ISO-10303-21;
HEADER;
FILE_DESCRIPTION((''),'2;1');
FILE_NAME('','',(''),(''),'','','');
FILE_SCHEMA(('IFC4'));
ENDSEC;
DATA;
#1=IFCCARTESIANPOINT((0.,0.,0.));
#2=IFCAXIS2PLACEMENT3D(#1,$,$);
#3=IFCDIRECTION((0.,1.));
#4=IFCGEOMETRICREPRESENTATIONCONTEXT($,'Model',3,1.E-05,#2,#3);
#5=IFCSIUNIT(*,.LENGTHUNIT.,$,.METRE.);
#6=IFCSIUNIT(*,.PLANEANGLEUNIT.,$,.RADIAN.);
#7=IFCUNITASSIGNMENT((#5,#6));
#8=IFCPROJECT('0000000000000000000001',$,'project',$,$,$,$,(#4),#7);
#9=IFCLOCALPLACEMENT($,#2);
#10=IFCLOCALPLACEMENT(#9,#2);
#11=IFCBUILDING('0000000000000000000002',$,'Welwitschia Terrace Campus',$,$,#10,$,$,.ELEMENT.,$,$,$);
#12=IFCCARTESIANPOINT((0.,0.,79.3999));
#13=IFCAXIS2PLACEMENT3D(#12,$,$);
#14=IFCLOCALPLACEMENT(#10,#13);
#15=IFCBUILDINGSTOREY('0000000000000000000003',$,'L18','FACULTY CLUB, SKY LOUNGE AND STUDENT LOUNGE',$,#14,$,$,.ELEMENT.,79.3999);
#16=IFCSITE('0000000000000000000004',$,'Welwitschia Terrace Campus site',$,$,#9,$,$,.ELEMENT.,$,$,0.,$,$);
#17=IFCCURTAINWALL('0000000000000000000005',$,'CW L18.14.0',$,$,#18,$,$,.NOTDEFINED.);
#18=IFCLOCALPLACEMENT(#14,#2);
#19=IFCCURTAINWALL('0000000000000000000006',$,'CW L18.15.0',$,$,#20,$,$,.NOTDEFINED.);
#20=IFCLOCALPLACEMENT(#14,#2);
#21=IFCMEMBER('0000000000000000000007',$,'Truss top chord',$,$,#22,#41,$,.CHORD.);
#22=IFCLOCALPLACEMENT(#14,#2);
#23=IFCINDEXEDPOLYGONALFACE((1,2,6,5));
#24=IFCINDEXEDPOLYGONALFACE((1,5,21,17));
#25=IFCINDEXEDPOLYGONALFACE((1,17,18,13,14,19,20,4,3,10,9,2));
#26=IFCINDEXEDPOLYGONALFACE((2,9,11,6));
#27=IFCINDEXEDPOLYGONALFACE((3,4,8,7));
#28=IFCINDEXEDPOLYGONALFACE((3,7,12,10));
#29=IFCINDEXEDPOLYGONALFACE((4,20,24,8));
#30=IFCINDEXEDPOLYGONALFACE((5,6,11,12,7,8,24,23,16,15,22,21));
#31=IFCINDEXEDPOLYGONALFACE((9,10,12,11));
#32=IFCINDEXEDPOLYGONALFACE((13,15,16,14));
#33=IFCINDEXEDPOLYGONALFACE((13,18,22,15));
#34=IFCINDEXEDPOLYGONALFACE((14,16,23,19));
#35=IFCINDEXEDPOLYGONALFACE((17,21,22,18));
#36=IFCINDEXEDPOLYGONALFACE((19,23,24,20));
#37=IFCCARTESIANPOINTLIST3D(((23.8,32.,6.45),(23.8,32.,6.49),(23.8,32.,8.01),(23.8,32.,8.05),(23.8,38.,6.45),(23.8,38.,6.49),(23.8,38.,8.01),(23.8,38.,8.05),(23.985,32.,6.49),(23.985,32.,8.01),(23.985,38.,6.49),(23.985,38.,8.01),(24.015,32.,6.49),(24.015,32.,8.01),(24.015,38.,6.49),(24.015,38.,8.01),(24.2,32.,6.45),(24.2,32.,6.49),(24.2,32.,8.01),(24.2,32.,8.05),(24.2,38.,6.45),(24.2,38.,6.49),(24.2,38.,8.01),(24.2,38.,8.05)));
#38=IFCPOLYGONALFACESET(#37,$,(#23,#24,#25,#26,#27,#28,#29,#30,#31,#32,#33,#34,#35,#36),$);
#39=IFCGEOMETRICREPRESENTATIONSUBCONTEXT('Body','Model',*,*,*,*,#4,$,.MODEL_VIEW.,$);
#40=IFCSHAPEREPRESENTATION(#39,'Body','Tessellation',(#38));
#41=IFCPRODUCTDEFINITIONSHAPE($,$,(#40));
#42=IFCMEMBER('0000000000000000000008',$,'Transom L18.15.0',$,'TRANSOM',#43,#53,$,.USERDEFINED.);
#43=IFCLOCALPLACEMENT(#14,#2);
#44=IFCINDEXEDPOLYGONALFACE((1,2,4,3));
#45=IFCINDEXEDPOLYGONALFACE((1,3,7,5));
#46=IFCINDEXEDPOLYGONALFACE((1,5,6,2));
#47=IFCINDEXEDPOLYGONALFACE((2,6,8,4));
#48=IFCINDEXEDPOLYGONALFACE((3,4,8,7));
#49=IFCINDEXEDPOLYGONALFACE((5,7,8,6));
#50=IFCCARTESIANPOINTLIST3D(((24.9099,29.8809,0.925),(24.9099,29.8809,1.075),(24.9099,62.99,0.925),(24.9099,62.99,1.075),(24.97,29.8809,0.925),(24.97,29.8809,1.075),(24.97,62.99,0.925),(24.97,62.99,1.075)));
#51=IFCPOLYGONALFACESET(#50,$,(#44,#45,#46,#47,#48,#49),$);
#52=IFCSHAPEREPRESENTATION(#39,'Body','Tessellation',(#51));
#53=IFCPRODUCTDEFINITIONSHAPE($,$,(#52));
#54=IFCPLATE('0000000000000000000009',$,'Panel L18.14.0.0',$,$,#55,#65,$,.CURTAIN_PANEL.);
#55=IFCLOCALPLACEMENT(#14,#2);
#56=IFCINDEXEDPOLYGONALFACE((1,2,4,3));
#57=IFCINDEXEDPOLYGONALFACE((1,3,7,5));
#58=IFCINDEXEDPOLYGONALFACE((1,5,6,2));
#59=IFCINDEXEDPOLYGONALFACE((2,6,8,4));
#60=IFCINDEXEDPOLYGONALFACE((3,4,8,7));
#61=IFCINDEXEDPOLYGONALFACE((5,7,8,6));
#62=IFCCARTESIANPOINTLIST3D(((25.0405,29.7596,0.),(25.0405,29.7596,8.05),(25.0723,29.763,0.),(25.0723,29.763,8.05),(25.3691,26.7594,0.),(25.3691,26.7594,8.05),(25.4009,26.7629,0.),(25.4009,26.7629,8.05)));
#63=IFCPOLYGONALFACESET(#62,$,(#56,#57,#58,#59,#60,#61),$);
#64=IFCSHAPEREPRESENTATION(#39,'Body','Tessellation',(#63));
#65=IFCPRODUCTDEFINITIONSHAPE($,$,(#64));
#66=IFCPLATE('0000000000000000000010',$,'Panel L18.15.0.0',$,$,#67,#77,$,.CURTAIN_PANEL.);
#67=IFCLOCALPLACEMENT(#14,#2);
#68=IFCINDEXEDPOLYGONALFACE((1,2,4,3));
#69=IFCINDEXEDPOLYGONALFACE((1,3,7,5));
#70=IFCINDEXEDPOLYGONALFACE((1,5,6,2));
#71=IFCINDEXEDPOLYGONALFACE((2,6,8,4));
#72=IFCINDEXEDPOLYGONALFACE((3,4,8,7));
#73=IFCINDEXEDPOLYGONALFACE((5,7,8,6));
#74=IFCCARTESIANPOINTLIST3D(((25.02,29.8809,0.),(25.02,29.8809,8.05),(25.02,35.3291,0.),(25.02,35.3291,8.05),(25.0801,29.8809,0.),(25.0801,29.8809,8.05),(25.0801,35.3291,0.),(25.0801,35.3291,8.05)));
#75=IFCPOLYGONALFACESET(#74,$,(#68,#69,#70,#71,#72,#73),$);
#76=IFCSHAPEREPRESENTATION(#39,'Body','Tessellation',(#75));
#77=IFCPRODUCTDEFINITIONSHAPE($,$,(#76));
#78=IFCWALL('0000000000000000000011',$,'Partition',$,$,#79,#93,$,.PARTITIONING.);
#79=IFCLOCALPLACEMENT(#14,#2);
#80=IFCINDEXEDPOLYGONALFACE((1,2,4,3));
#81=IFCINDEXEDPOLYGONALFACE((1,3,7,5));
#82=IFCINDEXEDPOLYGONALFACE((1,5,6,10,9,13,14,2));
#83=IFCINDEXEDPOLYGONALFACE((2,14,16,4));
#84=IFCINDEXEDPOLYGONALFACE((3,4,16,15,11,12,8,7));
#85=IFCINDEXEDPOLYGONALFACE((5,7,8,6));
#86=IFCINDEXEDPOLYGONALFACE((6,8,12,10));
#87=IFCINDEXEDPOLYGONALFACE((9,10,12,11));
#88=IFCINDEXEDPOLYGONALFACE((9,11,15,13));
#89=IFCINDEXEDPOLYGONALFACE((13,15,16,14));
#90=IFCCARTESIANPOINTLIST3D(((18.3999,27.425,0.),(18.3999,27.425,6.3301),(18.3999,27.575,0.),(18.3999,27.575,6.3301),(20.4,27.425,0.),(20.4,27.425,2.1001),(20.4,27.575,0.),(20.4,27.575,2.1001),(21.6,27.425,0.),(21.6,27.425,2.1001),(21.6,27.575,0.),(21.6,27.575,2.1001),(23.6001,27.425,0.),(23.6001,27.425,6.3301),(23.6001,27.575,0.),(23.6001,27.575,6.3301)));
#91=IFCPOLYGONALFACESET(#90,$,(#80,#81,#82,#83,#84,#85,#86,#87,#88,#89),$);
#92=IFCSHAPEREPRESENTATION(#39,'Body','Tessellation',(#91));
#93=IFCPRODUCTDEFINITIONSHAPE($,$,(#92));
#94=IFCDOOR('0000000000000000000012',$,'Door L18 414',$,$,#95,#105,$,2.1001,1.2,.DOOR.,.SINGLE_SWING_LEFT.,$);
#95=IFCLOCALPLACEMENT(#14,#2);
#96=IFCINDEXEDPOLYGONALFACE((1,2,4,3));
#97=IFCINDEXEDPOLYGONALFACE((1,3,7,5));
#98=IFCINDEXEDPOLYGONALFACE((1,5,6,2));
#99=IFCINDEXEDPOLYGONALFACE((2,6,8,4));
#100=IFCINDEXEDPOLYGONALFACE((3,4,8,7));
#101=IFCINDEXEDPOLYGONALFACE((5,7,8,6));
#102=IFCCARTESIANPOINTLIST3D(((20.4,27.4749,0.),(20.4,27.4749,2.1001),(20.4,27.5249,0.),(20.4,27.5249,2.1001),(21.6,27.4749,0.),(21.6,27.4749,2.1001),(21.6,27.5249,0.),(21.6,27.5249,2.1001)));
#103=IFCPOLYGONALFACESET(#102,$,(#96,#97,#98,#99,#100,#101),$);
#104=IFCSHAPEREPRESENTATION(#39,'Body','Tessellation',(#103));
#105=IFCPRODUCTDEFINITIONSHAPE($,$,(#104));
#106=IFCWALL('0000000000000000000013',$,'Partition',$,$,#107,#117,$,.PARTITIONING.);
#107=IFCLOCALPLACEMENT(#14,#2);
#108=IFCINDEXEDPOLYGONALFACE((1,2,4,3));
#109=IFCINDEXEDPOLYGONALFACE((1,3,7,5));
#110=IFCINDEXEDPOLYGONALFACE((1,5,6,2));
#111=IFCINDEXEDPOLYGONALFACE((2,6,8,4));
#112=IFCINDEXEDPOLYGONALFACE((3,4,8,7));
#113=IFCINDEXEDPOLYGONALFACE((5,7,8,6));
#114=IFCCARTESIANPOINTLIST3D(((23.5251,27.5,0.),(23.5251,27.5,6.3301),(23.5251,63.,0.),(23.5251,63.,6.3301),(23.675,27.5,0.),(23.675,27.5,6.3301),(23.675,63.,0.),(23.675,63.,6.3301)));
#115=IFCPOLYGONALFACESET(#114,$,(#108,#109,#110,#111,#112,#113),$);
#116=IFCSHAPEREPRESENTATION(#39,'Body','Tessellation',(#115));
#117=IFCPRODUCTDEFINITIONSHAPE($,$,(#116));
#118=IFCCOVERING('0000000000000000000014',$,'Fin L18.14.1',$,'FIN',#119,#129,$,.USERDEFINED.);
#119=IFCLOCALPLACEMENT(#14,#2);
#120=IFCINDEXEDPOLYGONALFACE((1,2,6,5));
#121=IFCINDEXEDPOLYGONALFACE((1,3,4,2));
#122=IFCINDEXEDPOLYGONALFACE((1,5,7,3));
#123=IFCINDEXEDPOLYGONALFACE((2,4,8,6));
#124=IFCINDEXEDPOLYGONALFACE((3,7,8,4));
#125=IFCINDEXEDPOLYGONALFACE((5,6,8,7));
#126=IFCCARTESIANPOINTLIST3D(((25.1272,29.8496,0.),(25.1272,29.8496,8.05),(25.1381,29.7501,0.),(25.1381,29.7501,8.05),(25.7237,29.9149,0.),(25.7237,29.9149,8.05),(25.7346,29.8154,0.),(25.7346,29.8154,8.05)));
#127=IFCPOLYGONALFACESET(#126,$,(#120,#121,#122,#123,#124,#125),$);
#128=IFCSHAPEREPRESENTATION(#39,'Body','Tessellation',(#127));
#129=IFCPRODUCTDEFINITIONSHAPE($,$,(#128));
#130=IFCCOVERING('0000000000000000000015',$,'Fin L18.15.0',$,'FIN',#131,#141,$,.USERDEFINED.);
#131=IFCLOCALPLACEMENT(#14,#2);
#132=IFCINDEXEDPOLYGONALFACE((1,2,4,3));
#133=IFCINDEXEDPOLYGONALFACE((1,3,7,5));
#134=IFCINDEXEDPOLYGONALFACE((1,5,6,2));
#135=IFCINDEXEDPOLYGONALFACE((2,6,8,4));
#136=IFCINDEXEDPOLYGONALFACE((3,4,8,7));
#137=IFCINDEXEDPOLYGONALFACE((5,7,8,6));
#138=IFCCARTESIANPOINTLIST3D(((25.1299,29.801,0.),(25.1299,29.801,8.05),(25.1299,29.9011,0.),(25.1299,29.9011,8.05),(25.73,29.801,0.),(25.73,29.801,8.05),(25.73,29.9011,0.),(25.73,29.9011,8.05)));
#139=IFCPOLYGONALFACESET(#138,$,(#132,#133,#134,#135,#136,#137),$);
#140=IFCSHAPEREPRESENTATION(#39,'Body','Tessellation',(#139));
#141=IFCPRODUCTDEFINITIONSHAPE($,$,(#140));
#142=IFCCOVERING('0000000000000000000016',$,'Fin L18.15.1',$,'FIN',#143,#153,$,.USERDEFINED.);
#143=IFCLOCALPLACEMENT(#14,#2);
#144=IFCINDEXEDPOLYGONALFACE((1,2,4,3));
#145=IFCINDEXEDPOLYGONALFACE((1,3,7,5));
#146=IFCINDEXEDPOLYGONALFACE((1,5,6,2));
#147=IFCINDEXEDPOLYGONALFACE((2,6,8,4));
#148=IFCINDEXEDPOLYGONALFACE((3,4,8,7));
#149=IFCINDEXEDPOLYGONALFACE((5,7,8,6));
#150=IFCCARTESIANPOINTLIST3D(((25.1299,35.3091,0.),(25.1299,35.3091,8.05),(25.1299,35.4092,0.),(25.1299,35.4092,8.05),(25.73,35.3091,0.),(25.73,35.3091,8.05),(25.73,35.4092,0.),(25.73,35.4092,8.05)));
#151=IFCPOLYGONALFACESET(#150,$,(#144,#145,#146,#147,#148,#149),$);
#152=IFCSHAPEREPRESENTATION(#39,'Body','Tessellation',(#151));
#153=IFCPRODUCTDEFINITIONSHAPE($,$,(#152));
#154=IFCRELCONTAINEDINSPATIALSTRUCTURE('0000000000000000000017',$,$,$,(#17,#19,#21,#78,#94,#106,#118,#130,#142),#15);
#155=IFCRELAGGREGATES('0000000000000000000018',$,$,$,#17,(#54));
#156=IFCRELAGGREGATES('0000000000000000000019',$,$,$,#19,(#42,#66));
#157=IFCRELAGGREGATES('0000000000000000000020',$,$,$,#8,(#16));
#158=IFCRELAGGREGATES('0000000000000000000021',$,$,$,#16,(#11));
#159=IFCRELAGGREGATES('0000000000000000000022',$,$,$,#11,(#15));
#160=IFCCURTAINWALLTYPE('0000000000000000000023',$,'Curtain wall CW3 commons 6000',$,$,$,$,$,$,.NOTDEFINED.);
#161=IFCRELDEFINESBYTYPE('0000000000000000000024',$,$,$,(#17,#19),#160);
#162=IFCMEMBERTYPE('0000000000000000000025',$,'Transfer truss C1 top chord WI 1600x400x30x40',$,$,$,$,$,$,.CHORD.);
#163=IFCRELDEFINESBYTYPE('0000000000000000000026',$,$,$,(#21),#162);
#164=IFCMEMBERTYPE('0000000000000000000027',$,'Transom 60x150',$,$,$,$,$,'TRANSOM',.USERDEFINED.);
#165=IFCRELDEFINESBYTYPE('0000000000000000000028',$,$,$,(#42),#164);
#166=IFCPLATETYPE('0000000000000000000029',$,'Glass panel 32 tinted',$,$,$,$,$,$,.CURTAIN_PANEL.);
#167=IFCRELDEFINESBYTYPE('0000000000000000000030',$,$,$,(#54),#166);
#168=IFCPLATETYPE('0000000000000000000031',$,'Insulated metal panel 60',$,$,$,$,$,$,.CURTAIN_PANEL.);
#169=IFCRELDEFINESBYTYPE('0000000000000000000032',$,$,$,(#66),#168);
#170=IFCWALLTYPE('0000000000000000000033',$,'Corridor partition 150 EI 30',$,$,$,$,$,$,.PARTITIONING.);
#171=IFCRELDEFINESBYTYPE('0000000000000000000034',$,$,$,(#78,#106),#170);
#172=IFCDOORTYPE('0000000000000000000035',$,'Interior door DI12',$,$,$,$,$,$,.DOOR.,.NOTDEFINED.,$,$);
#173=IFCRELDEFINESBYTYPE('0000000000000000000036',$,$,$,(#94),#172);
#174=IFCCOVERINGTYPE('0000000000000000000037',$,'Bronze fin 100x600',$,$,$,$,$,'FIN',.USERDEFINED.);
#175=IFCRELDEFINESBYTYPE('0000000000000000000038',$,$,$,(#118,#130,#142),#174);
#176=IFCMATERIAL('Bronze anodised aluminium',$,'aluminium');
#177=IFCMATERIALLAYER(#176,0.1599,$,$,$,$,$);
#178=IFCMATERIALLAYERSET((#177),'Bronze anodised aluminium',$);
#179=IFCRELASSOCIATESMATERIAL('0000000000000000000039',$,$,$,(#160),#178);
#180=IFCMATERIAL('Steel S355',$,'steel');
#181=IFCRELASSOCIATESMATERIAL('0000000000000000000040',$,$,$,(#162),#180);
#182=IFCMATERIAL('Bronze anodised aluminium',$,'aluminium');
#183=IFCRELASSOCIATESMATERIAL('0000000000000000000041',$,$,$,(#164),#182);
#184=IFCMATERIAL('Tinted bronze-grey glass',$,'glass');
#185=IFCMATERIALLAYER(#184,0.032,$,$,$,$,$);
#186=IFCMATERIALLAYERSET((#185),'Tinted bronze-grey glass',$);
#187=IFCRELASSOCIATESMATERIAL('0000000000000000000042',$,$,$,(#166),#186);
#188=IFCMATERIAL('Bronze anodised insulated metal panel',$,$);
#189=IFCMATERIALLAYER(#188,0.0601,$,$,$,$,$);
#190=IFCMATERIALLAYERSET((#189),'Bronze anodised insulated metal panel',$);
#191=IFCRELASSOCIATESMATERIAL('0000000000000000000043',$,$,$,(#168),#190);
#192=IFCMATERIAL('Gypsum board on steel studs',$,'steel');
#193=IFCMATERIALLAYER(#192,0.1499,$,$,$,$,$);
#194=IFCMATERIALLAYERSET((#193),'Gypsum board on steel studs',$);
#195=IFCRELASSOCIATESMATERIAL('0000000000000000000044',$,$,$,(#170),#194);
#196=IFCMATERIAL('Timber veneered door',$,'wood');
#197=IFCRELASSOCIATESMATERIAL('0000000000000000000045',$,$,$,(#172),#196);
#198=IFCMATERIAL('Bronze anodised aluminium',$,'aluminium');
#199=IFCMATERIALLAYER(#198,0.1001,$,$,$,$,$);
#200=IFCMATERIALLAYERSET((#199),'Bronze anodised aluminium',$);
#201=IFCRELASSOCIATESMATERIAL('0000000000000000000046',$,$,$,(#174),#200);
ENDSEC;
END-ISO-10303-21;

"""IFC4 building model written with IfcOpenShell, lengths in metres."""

from ifc_helpers import new_model, si_unit, direction, frame, frame_2d, origin, origin_2d, place, context, subcontext, project, spatial, rectangle, i_section, extrude, material, layer, layer_set, material_profile, profile_set, type_object, element, fill, aggregate, save


model = new_model("IFC4")

# Units and contexts
model_context = context("Model", 3, precision=1e-05, world=origin(), true_north=direction((0.0, 1.0)))
body_context = subcontext(model_context, "Body", "Model", "MODEL_VIEW")
ifc_project = project(units=[si_unit("LENGTHUNIT", "METRE"), si_unit("PLANEANGLEUNIT", "RADIAN")], contexts=[model_context])

# Site, building, storey
site_placement = place(None, origin())
site = spatial("IfcSite", under=ifc_project, at=site_placement, Name="Welwitschia Terrace Campus site", CompositionType="ELEMENT", RefElevation=0.0)
building_placement = place(site_placement, origin())
building = spatial("IfcBuilding", under=site, at=building_placement, Name="Welwitschia Terrace Campus", CompositionType="ELEMENT")
storey_placement = place(building_placement, frame((0.0, 0.0, 79.3999)))
storey = spatial("IfcBuildingStorey", under=building, at=storey_placement, Name="L18", Description="FACULTY CLUB, SKY LOUNGE AND STUDENT LOUNGE", CompositionType="ELEMENT", Elevation=79.3999)

# Curtain wall
ifc_material_1 = material(Name="Bronze anodised aluminium", Category="aluminium")
ifc_layer_1 = layer(ifc_material_1, 0.1599)
ifc_layer_set_1 = layer_set([ifc_layer_1], Name="Bronze anodised aluminium")
curtain_wall_type = type_object("IfcCurtainWallType", Name="Curtain wall CW3 commons 6000", PredefinedType="NOTDEFINED", material=ifc_layer_set_1)
curtain_wall_1_placement = place(storey_placement, origin())
curtain_wall_1 = element("IfcCurtainWall", 1, at=curtain_wall_1_placement, inside=storey, type_object=curtain_wall_type, Name="CW L18.14.0", PredefinedType="NOTDEFINED")

# Curtain wall
curtain_wall_2_placement = place(storey_placement, origin())
curtain_wall_2 = element("IfcCurtainWall", 2, at=curtain_wall_2_placement, inside=storey, type_object=curtain_wall_type, Name="CW L18.15.0", PredefinedType="NOTDEFINED")

# Member
ifc_material_2 = material(Name="Steel S355", Category="steel")
ifc_material_profile_1 = material_profile(ifc_material_2, i_section(OverallWidth=0.3999, OverallDepth=1.6001, WebThickness=0.03, FlangeThickness=0.04, at=origin_2d()))
ifc_profile_set_1 = profile_set([ifc_material_profile_1], Name="Steel S355")
member_type_1 = type_object("IfcMemberType", Name="Transfer truss C1 top chord WI 1600x400x30x40", PredefinedType="CHORD", material=ifc_profile_set_1)
member_1_placement = place(storey_placement, frame((24.0, 32.0, 7.25), z_axis=(0.0, 1.0, 0.0), x_axis=(-1.0, 0.0, 0.0)))
element("IfcMember", 3, at=member_1_placement, inside=storey, type_object=member_type_1, Name="Truss top chord", PredefinedType="CHORD", context=body_context, shape_type="SweptSolid", body=[
    extrude(i_section(OverallWidth=0.3999, OverallDepth=1.6001, WebThickness=0.03, FlangeThickness=0.04, at=origin_2d()), origin(), (0.0, 0.0, 1.0), 6.0),
])

# Member
ifc_material_3 = material(Name="Bronze anodised aluminium", Category="aluminium")
ifc_material_profile_2 = material_profile(ifc_material_3, rectangle(XDim=0.0601, YDim=0.1499, at=origin_2d()))
ifc_profile_set_2 = profile_set([ifc_material_profile_2], Name="Bronze anodised aluminium")
member_type_2 = type_object("IfcMemberType", Name="Transom 60x150", ElementType="TRANSOM", PredefinedType="USERDEFINED", material=ifc_profile_set_2)
member_2_placement = place(storey_placement, frame((24.9399, 29.8809, 1.0), z_axis=(0.0, 1.0, 0.0), x_axis=(-1.0, 0.0, 0.0)))
member_2 = element("IfcMember", 4, at=member_2_placement, type_object=member_type_2, Name="Transom L18.15.0", ObjectType="TRANSOM", PredefinedType="USERDEFINED", context=body_context, shape_type="SweptSolid", body=[
    extrude(rectangle(XDim=0.0601, YDim=0.1499, at=origin_2d()), origin(), (0.0, 0.0, 1.0), 33.1091),
])

# Plates
ifc_material_4 = material(Name="Tinted bronze-grey glass", Category="glass")
ifc_layer_2 = layer(ifc_material_4, 0.032)
ifc_layer_set_2 = layer_set([ifc_layer_2], Name="Tinted bronze-grey glass")
plate_type_1 = type_object("IfcPlateType", Name="Glass panel 32 tinted", PredefinedType="CURTAIN_PANEL", material=ifc_layer_set_2)
plate_1_placement = place(storey_placement, frame((25.2207, 28.2612, 0.0), z_axis=(0.0, 0.0, 1.0), x_axis=(-0.108867, 0.994056, 0.0)))
plate_1 = element("IfcPlate", 5, at=plate_1_placement, type_object=plate_type_1, Name="Panel L18.14.0.0", PredefinedType="CURTAIN_PANEL", context=body_context, shape_type="SweptSolid", body=[
    extrude(rectangle(XDim=3.0181, YDim=0.032, at=origin_2d()), origin(), (0.0, 0.0, 1.0), 8.05),
])
aggregate(curtain_wall_1, [plate_1])
ifc_material_5 = material(Name="Bronze anodised insulated metal panel")
ifc_layer_3 = layer(ifc_material_5, 0.0601)
ifc_layer_set_3 = layer_set([ifc_layer_3], Name="Bronze anodised insulated metal panel")
plate_type_2 = type_object("IfcPlateType", Name="Insulated metal panel 60", PredefinedType="CURTAIN_PANEL", material=ifc_layer_set_3)
plate_2_placement = place(storey_placement, frame((25.05, 32.605, 0.0), z_axis=(0.0, 0.0, 1.0), x_axis=(0.0, 1.0, 0.0)))
plate_2 = element("IfcPlate", 6, at=plate_2_placement, type_object=plate_type_2, Name="Panel L18.15.0.0", PredefinedType="CURTAIN_PANEL", context=body_context, shape_type="SweptSolid", body=[
    extrude(rectangle(XDim=5.4482, YDim=0.0601, at=origin_2d()), origin(), (0.0, 0.0, 1.0), 8.05),
])
aggregate(curtain_wall_2, [member_2, plate_2])

# Wall, opening, door
ifc_material_6 = material(Name="Gypsum board on steel studs", Category="steel")
ifc_layer_4 = layer(ifc_material_6, 0.1499)
ifc_layer_set_4 = layer_set([ifc_layer_4], Name="Gypsum board on steel studs")
wall_type = type_object("IfcWallType", Name="Corridor partition 150 EI 30", PredefinedType="PARTITIONING", material=ifc_layer_set_4)
wall_1_placement = place(storey_placement, frame((18.3999, 27.5, 0.0), z_axis=(0.0, 0.0, 1.0), x_axis=(1.0, 0.0, 0.0)))
wall_1 = element("IfcWall", 7, at=wall_1_placement, inside=storey, type_object=wall_type, Name="Partition", PredefinedType="PARTITIONING", context=body_context, shape_type="SweptSolid", body=[
    extrude(rectangle(XDim=5.2002, YDim=0.1499, at=frame_2d((2.6001, 0.0))), origin(), (0.0, 0.0, 1.0), 6.3301),
])
opening_placement = place(wall_1_placement, frame((2.0, 0.0, 0.0)))
opening = element("IfcOpeningElement", 8, at=opening_placement, cuts=wall_1, PredefinedType="OPENING", context=body_context, shape_type="SweptSolid", body=[
    extrude(rectangle(XDim=1.2, YDim=2.1001, at=frame_2d((0.6001, 1.05))), frame((0.0, 0.085, 0.0), z_axis=(0.0, -1.0, 0.0), x_axis=(1.0, 0.0, 0.0)), (0.0, 0.0, 1.0), 0.1699),
])
ifc_material_7 = material(Name="Timber veneered door", Category="wood")
door_type = type_object("IfcDoorType", Name="Interior door DI12", OperationType="NOTDEFINED", PredefinedType="DOOR", material=ifc_material_7)
door_placement = place(opening_placement, origin())
door = element("IfcDoor", 9, at=door_placement, inside=storey, type_object=door_type, Name="Door L18 414", OperationType="SINGLE_SWING_LEFT", OverallHeight=2.1001, OverallWidth=1.2, PredefinedType="DOOR", context=body_context, shape_type="SweptSolid", body=[
    extrude(rectangle(XDim=1.2, YDim=2.1001, at=frame_2d((0.6001, 1.05))), frame((0.0, 0.0249, 0.0), z_axis=(0.0, -1.0, 0.0), x_axis=(1.0, 0.0, 0.0)), (0.0, 0.0, 1.0), 0.05),
])
fill(opening, door)

# Wall
wall_2_placement = place(storey_placement, frame((23.6001, 27.5, 0.0), z_axis=(0.0, 0.0, 1.0), x_axis=(0.0, 1.0, 0.0)))
element("IfcWall", 10, at=wall_2_placement, inside=storey, type_object=wall_type, Name="Partition", PredefinedType="PARTITIONING", context=body_context, shape_type="SweptSolid", body=[
    extrude(rectangle(XDim=35.5, YDim=0.1499, at=frame_2d((17.75, 0.0))), origin(), (0.0, 0.0, 1.0), 6.3301),
])

# Coverings
ifc_material_8 = material(Name="Bronze anodised aluminium", Category="aluminium")
ifc_layer_5 = layer(ifc_material_8, 0.1001)
ifc_layer_set_5 = layer_set([ifc_layer_5], Name="Bronze anodised aluminium")
covering_type = type_object("IfcCoveringType", Name="Bronze fin 100x600", ElementType="FIN", PredefinedType="USERDEFINED", material=ifc_layer_set_5)
for number, where, z_axis, x_axis, name in (
    (11, (25.4309, 29.8325, 0.0), (0.0, 0.0, 1.0), (-0.108867, 0.994056, 0.0), "Fin L18.14.1"),
    (12, (25.4299, 29.8511, 0.0), (0.0, 0.0, 1.0), (0.0, 1.0, 0.0), "Fin L18.15.0"),
    (13, (25.4299, 35.3591, 0.0), (0.0, 0.0, 1.0), (0.0, 1.0, 0.0), "Fin L18.15.1"),
):
    element("IfcCovering", number, at=place(storey_placement, frame(where, z_axis=z_axis, x_axis=x_axis)), inside=storey, type_object=covering_type, Name=name, ObjectType="FIN", PredefinedType="USERDEFINED", context=body_context, shape_type="SweptSolid", body=[
        extrude(rectangle(XDim=0.1001, YDim=0.6001, at=origin_2d()), origin(), (0.0, 0.0, 1.0), 8.05),
    ])

save(model, "model.ifc")
